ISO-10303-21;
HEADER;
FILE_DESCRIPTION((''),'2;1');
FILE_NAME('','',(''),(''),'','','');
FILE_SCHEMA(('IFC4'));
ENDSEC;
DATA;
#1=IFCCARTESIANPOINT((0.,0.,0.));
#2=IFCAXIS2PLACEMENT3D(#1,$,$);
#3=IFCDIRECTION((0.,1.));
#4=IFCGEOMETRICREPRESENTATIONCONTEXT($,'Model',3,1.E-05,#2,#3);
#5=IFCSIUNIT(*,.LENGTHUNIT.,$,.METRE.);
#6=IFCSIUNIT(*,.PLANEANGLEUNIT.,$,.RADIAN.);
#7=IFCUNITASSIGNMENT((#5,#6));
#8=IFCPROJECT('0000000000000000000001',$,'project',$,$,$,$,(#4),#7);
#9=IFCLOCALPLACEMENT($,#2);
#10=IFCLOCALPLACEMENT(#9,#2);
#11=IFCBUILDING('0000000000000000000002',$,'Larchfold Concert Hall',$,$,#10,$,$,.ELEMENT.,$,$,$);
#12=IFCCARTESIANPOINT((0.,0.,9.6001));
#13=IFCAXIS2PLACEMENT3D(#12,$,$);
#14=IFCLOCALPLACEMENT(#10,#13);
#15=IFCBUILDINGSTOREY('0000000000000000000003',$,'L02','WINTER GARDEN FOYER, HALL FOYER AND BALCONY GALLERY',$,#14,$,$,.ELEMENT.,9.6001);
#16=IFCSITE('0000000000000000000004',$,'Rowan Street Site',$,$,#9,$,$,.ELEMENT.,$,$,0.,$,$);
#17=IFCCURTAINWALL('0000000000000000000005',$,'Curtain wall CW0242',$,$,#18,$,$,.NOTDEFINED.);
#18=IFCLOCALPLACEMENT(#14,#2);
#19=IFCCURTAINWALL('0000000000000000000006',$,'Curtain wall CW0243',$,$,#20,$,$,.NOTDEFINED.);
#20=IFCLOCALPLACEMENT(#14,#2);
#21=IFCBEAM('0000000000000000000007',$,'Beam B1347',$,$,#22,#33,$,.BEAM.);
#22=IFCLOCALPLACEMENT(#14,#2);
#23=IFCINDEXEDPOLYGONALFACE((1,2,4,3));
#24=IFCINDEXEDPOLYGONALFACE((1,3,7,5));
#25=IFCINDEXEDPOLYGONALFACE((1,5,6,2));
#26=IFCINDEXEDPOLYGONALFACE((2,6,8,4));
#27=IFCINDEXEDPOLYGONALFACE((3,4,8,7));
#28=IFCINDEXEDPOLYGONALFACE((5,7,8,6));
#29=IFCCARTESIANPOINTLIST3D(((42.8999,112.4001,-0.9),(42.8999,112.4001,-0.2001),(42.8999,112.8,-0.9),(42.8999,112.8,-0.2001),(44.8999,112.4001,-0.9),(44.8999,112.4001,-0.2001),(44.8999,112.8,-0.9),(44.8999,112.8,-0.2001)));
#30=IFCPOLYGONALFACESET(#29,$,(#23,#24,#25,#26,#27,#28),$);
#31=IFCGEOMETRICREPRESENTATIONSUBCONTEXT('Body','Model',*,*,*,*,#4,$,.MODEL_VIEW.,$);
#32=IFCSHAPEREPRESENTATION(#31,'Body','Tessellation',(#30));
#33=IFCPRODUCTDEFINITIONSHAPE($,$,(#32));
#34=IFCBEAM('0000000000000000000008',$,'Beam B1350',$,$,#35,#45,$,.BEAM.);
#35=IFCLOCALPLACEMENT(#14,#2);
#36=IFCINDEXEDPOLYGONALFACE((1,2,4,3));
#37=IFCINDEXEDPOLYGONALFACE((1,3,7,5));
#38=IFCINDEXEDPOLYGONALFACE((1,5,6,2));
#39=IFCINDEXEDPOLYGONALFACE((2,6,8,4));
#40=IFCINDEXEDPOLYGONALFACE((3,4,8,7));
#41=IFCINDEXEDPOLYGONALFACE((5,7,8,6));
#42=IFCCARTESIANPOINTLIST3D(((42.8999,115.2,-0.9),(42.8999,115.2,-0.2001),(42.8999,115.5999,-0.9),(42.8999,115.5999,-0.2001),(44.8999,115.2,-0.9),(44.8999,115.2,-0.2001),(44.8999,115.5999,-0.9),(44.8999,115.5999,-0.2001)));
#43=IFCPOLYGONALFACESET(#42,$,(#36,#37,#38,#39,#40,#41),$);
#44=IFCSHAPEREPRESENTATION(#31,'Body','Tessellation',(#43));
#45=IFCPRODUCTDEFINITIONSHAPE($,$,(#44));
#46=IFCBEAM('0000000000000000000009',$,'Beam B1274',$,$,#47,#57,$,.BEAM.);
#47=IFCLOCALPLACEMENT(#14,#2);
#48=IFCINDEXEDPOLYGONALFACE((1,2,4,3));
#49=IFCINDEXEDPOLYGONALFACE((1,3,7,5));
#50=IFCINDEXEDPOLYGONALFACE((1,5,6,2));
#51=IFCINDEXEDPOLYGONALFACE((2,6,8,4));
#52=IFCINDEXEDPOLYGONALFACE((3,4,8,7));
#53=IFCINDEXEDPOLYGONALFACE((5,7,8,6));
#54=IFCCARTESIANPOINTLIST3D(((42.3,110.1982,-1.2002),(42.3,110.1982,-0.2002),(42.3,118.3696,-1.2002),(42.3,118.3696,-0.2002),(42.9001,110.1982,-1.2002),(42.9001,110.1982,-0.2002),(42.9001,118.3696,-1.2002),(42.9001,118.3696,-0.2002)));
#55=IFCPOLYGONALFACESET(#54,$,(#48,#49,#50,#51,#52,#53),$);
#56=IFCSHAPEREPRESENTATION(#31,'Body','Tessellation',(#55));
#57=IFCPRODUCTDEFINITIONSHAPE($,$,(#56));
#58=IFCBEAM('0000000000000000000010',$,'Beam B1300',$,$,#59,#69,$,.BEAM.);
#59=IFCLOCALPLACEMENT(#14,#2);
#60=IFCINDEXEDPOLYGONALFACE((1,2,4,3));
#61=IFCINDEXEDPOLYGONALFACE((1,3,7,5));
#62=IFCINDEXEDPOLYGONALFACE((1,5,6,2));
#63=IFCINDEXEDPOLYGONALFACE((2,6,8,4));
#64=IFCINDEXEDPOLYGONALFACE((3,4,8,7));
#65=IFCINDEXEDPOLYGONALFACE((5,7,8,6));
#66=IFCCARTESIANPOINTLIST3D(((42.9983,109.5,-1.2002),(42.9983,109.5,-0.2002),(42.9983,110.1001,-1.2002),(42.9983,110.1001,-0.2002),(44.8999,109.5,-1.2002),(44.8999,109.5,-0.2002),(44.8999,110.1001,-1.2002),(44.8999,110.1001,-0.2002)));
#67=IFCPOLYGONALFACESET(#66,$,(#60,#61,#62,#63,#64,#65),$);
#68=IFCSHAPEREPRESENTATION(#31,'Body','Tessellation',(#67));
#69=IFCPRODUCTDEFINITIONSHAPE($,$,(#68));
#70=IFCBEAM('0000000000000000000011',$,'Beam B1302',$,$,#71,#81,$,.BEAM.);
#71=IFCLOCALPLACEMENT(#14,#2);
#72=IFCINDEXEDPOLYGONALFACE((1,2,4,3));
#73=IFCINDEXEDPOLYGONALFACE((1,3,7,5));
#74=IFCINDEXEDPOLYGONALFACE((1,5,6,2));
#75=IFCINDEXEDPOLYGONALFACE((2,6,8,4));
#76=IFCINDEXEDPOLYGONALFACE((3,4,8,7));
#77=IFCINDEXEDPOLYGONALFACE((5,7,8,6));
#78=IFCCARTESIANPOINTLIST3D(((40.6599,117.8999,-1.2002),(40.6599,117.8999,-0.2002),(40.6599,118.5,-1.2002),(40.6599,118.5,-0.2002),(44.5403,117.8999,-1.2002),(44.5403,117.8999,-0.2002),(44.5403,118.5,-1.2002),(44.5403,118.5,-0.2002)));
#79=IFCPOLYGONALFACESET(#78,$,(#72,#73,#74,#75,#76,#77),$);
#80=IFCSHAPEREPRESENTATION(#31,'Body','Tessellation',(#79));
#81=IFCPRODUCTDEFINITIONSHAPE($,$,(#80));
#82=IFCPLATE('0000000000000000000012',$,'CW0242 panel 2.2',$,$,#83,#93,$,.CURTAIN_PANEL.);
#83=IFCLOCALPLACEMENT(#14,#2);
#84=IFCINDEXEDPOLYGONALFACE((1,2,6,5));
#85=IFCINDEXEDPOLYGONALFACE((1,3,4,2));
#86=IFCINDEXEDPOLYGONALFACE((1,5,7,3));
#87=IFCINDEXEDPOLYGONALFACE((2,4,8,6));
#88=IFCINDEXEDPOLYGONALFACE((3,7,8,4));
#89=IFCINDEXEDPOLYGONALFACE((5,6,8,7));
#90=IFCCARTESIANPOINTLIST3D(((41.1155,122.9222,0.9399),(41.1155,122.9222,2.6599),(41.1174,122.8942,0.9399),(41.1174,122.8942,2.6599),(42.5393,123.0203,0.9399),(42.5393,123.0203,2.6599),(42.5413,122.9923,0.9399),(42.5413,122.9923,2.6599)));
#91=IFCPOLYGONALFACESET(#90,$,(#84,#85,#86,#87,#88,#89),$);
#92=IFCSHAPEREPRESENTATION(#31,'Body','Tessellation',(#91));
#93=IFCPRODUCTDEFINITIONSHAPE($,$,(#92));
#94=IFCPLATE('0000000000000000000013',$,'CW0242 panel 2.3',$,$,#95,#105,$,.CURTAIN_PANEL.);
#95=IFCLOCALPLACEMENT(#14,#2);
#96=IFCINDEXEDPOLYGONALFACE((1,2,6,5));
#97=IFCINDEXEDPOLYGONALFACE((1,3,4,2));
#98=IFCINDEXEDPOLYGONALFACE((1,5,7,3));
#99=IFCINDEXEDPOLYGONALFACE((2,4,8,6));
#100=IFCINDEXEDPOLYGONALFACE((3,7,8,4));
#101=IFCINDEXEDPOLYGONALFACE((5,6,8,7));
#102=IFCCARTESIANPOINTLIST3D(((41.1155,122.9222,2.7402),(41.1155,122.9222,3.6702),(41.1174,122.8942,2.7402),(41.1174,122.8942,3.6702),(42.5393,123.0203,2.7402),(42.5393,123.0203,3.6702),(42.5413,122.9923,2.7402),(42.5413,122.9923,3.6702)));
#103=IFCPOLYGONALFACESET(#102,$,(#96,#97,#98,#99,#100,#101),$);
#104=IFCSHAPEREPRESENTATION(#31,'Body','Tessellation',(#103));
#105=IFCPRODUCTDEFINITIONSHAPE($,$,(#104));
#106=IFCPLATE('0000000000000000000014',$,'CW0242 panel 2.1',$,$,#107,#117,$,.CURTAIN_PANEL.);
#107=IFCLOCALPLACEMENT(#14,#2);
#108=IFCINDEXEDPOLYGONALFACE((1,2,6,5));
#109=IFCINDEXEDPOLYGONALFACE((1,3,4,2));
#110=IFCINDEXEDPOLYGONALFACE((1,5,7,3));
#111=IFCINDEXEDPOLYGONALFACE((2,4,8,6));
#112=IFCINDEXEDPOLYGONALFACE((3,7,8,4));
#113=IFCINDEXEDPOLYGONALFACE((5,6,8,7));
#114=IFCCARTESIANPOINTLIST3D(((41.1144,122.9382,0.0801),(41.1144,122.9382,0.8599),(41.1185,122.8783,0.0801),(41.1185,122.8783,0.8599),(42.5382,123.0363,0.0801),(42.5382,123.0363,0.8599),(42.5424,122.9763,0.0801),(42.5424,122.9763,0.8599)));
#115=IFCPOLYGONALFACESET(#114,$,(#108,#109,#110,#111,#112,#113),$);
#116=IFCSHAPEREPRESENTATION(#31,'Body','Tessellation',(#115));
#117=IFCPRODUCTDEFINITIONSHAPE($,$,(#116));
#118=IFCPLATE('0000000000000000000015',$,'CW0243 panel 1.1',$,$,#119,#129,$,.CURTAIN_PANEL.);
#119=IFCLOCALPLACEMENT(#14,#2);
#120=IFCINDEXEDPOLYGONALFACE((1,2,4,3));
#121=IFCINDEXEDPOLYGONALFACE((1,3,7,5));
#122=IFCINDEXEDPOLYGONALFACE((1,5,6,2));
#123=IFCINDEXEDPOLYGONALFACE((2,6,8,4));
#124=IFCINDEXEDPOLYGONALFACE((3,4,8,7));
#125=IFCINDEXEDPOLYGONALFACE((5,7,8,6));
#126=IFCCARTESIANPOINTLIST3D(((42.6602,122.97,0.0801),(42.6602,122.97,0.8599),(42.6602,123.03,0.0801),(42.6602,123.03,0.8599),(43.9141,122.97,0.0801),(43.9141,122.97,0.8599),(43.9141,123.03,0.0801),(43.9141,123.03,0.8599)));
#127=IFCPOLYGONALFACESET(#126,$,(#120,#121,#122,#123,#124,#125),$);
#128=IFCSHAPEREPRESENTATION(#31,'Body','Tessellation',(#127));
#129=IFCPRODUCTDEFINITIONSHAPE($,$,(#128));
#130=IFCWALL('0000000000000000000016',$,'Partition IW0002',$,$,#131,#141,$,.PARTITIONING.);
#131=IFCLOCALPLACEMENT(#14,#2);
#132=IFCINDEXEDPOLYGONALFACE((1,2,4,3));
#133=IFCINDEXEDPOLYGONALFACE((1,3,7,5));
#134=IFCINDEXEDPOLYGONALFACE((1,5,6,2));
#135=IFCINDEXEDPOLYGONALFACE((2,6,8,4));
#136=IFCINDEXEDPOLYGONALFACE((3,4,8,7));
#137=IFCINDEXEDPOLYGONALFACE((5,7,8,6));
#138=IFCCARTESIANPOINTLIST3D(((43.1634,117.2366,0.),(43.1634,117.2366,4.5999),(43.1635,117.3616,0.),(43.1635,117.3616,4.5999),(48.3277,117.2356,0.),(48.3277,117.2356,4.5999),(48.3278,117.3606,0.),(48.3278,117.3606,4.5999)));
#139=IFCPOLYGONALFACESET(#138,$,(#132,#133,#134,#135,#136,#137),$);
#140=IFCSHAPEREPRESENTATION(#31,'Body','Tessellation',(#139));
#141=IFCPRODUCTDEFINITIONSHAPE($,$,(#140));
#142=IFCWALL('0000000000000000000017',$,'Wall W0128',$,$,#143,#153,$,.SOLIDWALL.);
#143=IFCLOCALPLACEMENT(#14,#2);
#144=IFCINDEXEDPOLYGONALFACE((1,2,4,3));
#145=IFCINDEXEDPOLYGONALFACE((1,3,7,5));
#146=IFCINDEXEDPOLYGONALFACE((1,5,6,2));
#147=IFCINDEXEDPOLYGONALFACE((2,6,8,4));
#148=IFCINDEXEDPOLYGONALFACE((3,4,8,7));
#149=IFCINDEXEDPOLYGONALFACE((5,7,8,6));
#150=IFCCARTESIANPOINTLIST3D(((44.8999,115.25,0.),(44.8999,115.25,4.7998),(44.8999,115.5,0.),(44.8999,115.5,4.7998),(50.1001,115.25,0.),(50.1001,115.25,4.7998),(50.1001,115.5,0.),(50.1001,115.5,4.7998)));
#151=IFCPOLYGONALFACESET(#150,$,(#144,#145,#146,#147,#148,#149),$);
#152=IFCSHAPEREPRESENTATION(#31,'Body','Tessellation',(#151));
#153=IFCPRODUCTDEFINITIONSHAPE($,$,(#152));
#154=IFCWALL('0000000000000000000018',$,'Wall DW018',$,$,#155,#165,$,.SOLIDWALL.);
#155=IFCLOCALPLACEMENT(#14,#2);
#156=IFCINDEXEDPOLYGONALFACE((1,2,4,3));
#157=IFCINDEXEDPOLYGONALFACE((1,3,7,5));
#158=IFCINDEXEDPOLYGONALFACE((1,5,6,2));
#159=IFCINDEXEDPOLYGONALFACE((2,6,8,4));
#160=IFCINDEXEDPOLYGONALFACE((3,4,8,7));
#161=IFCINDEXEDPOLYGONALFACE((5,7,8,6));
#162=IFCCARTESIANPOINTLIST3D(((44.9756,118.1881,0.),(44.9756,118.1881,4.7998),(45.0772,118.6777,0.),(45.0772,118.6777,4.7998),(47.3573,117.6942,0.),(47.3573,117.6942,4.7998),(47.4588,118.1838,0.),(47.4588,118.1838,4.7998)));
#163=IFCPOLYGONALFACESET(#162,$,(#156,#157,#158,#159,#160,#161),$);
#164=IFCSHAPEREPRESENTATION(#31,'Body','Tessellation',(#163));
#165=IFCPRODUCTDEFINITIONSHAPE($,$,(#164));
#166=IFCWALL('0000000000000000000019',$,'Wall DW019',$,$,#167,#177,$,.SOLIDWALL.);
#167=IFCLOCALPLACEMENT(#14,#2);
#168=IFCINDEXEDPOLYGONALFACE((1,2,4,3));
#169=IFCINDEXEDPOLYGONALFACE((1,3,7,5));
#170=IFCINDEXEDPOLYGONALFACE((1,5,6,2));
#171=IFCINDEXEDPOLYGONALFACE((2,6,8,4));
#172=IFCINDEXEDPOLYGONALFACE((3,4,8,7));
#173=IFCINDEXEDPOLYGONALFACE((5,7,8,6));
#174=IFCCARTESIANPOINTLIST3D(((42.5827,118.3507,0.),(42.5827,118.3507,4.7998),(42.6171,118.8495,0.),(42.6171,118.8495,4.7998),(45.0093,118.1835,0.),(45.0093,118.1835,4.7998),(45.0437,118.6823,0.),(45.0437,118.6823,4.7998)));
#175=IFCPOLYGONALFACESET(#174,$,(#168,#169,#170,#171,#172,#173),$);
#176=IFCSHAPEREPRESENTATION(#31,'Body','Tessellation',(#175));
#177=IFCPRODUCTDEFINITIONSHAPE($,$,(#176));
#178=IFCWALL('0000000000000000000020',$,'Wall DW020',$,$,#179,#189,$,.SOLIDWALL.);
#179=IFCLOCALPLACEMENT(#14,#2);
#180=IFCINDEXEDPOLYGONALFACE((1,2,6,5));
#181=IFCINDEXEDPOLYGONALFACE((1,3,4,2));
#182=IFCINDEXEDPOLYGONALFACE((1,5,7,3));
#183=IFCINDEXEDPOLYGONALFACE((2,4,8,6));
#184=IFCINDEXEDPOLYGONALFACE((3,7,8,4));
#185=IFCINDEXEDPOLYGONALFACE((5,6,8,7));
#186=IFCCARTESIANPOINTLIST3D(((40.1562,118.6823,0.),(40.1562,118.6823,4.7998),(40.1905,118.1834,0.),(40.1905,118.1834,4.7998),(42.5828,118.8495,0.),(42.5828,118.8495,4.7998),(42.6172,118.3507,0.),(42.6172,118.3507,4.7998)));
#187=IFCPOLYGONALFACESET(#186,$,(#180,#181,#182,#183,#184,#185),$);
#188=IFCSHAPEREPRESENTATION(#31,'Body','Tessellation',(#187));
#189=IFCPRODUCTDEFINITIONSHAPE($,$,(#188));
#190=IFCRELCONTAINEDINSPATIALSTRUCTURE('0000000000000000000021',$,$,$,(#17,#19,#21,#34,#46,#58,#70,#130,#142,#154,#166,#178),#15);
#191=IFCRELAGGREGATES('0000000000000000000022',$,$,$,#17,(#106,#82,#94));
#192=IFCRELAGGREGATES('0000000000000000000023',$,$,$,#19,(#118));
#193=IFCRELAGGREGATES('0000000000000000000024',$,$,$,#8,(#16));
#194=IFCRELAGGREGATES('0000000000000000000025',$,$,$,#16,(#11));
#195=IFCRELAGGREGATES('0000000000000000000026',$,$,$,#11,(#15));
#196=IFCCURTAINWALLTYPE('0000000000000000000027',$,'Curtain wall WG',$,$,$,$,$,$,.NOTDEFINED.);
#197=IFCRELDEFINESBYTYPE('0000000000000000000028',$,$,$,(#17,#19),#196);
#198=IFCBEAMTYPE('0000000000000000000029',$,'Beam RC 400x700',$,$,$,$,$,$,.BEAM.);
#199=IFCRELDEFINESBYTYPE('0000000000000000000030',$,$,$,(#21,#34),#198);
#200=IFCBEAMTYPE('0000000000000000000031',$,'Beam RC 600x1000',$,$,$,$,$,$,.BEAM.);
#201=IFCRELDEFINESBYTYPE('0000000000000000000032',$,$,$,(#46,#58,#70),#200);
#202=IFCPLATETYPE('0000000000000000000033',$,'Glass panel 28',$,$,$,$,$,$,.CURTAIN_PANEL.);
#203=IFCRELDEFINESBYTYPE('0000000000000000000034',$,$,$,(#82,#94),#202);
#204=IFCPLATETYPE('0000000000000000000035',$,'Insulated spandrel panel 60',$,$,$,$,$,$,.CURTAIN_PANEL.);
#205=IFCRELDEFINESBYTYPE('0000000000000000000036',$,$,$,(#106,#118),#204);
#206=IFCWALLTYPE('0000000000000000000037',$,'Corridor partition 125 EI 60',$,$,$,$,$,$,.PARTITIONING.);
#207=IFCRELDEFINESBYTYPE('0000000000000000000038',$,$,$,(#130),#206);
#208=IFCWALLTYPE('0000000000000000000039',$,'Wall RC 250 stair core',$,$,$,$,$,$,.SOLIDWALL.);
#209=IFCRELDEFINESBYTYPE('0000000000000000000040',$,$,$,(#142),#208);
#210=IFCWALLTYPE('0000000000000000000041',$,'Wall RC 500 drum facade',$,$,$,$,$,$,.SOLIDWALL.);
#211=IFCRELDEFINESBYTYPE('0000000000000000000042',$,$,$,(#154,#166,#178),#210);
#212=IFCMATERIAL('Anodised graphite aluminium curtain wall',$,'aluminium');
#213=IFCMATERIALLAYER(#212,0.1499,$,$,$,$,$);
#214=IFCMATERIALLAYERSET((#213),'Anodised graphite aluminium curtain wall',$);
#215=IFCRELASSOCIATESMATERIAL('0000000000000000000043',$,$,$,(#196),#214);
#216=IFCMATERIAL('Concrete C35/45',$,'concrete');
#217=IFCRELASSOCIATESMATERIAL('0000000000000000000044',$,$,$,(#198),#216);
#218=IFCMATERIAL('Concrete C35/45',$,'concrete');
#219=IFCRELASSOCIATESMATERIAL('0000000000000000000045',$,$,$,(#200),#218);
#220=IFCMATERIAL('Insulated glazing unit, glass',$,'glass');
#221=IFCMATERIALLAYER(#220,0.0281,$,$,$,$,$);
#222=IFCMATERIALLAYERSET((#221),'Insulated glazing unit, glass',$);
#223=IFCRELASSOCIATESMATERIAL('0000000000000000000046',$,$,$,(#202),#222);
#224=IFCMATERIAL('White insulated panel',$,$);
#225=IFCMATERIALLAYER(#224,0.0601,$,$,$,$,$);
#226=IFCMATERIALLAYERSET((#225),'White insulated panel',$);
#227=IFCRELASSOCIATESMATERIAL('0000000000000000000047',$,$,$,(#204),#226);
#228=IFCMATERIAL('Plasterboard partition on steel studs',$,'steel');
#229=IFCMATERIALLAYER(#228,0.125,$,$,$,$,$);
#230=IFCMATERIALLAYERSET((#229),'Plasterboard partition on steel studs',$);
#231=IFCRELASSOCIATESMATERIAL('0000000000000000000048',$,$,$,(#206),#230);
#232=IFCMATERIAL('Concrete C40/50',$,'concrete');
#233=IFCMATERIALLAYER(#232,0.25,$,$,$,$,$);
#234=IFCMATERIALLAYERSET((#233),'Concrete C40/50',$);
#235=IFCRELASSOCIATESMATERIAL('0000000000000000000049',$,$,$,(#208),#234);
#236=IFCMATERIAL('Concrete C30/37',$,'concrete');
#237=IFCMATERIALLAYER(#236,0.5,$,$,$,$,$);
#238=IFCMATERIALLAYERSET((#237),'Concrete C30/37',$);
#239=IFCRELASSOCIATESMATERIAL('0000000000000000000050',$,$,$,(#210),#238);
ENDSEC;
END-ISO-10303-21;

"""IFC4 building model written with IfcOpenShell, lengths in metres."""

from ifc_helpers import new_model, si_unit, direction, frame, frame_2d, origin, origin_2d, place, context, subcontext, project, spatial, rectangle, extrude, material, layer, layer_set, material_profile, profile_set, type_object, element, aggregate, save


model = new_model("IFC4")

# Units and contexts
model_context = context("Model", 3, precision=1e-05, world=origin(), true_north=direction((0.0, 1.0)))
body_context = subcontext(model_context, "Body", "Model", "MODEL_VIEW")
ifc_project = project(units=[si_unit("LENGTHUNIT", "METRE"), si_unit("PLANEANGLEUNIT", "RADIAN")], contexts=[model_context])

# Site, building, storey
site_placement = place(None, origin())
site = spatial("IfcSite", under=ifc_project, at=site_placement, Name="Rowan Street Site", CompositionType="ELEMENT", RefElevation=0.0)
building_placement = place(site_placement, origin())
building = spatial("IfcBuilding", under=site, at=building_placement, Name="Larchfold Concert Hall", CompositionType="ELEMENT")
storey_placement = place(building_placement, frame((0.0, 0.0, 9.6001)))
storey = spatial("IfcBuildingStorey", under=building, at=storey_placement, Name="L02", Description="WINTER GARDEN FOYER, HALL FOYER AND BALCONY GALLERY", CompositionType="ELEMENT", Elevation=9.6001)

# Curtain walls
ifc_material_1 = material(Name="Anodised graphite aluminium curtain wall", Category="aluminium")
ifc_layer_1 = layer(ifc_material_1, 0.1499)
ifc_layer_set_1 = layer_set([ifc_layer_1], Name="Anodised graphite aluminium curtain wall")
curtain_wall_type = type_object("IfcCurtainWallType", Name="Curtain wall WG", PredefinedType="NOTDEFINED", material=ifc_layer_set_1)
curtain_wall_1_placement = place(storey_placement, origin())
curtain_wall_1 = element("IfcCurtainWall", 1, at=curtain_wall_1_placement, inside=storey, type_object=curtain_wall_type, Name="Curtain wall CW0242", PredefinedType="NOTDEFINED")
curtain_wall_2_placement = place(storey_placement, origin())
curtain_wall_2 = element("IfcCurtainWall", 2, at=curtain_wall_2_placement, inside=storey, type_object=curtain_wall_type, Name="Curtain wall CW0243", PredefinedType="NOTDEFINED")

# Beams
ifc_material_2 = material(Name="Concrete C35/45", Category="concrete")
ifc_material_profile_1 = material_profile(ifc_material_2, rectangle(XDim=0.3999, YDim=0.7, at=origin_2d()))
ifc_profile_set_1 = profile_set([ifc_material_profile_1], Name="Concrete C35/45")
beam_type_1 = type_object("IfcBeamType", Name="Beam RC 400x700", PredefinedType="BEAM", material=ifc_profile_set_1)
for number, where, z_axis, x_axis, name in (
    (3, (42.8999, 112.6001, -0.55), (1.0, 0.0, 0.0), (0.0, 1.0, 0.0), "Beam B1347"),
    (4, (42.8999, 115.3999, -0.55), (1.0, 0.0, 0.0), (0.0, 1.0, 0.0), "Beam B1350"),
):
    element("IfcBeam", number, at=place(storey_placement, frame(where, z_axis=z_axis, x_axis=x_axis)), inside=storey, type_object=beam_type_1, Name=name, PredefinedType="BEAM", context=body_context, shape_type="SweptSolid", body=[
        extrude(rectangle(XDim=0.3999, YDim=0.7, at=origin_2d()), origin(), (0.0, 0.0, 1.0), 2.0),
    ])
ifc_material_3 = material(Name="Concrete C35/45", Category="concrete")
ifc_material_profile_2 = material_profile(ifc_material_3, rectangle(XDim=0.6001, YDim=1.0, at=origin_2d()))
ifc_profile_set_2 = profile_set([ifc_material_profile_2], Name="Concrete C35/45")
beam_type_2 = type_object("IfcBeamType", Name="Beam RC 600x1000", PredefinedType="BEAM", material=ifc_profile_set_2)
beam_1_placement = place(storey_placement, frame((42.6001, 110.1982, -0.7002), z_axis=(0.0, 1.0, 0.0), x_axis=(-1.0, 0.0, 0.0)))
element("IfcBeam", 5, at=beam_1_placement, inside=storey, type_object=beam_type_2, Name="Beam B1274", PredefinedType="BEAM", context=body_context, shape_type="SweptSolid", body=[
    extrude(rectangle(XDim=0.6001, YDim=1.0, at=origin_2d()), origin(), (0.0, 0.0, 1.0), 8.1714),
])
beam_2_placement = place(storey_placement, frame((42.9983, 109.8, -0.7002), z_axis=(1.0, 0.0, 0.0), x_axis=(0.0, 1.0, 0.0)))
element("IfcBeam", 6, at=beam_2_placement, inside=storey, type_object=beam_type_2, Name="Beam B1300", PredefinedType="BEAM", context=body_context, shape_type="SweptSolid", body=[
    extrude(rectangle(XDim=0.6001, YDim=1.0, at=origin_2d()), origin(), (0.0, 0.0, 1.0), 1.9016),
])
beam_3_placement = place(storey_placement, frame((40.6599, 118.2, -0.7002), z_axis=(1.0, 0.0, 0.0), x_axis=(0.0, 1.0, 0.0)))
element("IfcBeam", 7, at=beam_3_placement, inside=storey, type_object=beam_type_2, Name="Beam B1302", PredefinedType="BEAM", context=body_context, shape_type="SweptSolid", body=[
    extrude(rectangle(XDim=0.6001, YDim=1.0, at=origin_2d()), origin(), (0.0, 0.0, 1.0), 3.8804),
])

# Plates
ifc_material_4 = material(Name="Insulated glazing unit, glass", Category="glass")
ifc_layer_2 = layer(ifc_material_4, 0.0281)
ifc_layer_set_2 = layer_set([ifc_layer_2], Name="Insulated glazing unit, glass")
plate_type_1 = type_object("IfcPlateType", Name="Glass panel 28", PredefinedType="CURTAIN_PANEL", material=ifc_layer_set_2)
plate_1_placement = place(storey_placement, frame((41.8284, 122.9573, 0.9399), z_axis=(0.0, 0.0, 1.0), x_axis=(0.997637, 0.068708, 0.0)))
plate_1 = element("IfcPlate", 8, at=plate_1_placement, type_object=plate_type_1, Name="CW0242 panel 2.2", PredefinedType="CURTAIN_PANEL", context=body_context, shape_type="SweptSolid", body=[
    extrude(rectangle(XDim=1.4272, YDim=0.0281, at=origin_2d()), origin(), (0.0, 0.0, 1.0), 1.72),
])
plate_2_placement = place(storey_placement, frame((41.8284, 122.9573, 2.7402), z_axis=(0.0, 0.0, 1.0), x_axis=(0.997637, 0.068708, 0.0)))
plate_2 = element("IfcPlate", 9, at=plate_2_placement, type_object=plate_type_1, Name="CW0242 panel 2.3", PredefinedType="CURTAIN_PANEL", context=body_context, shape_type="SweptSolid", body=[
    extrude(rectangle(XDim=1.4272, YDim=0.0281, at=origin_2d()), origin(), (0.0, 0.0, 1.0), 0.9299),
])
ifc_material_5 = material(Name="White insulated panel")
ifc_layer_3 = layer(ifc_material_5, 0.0601)
ifc_layer_set_3 = layer_set([ifc_layer_3], Name="White insulated panel")
plate_type_2 = type_object("IfcPlateType", Name="Insulated spandrel panel 60", PredefinedType="CURTAIN_PANEL", material=ifc_layer_set_3)
plate_3_placement = place(storey_placement, frame((41.8284, 122.9573, 0.0801), z_axis=(0.0, 0.0, 1.0), x_axis=(0.997637, 0.068708, 0.0)))
plate_3 = element("IfcPlate", 10, at=plate_3_placement, type_object=plate_type_2, Name="CW0242 panel 2.1", PredefinedType="CURTAIN_PANEL", context=body_context, shape_type="SweptSolid", body=[
    extrude(rectangle(XDim=1.4272, YDim=0.0601, at=origin_2d()), origin(), (0.0, 0.0, 1.0), 0.7798),
])
aggregate(curtain_wall_1, [plate_3, plate_1, plate_2])
plate_4_placement = place(storey_placement, frame((43.2871, 123.0, 0.0801), z_axis=(0.0, 0.0, 1.0), x_axis=(1.0, 0.0, 0.0)))
plate_4 = element("IfcPlate", 11, at=plate_4_placement, type_object=plate_type_2, Name="CW0243 panel 1.1", PredefinedType="CURTAIN_PANEL", context=body_context, shape_type="SweptSolid", body=[
    extrude(rectangle(XDim=1.2539, YDim=0.0601, at=origin_2d()), origin(), (0.0, 0.0, 1.0), 0.7798),
])
aggregate(curtain_wall_2, [plate_4])

# Walls
ifc_material_6 = material(Name="Plasterboard partition on steel studs", Category="steel")
ifc_layer_4 = layer(ifc_material_6, 0.125)
ifc_layer_set_4 = layer_set([ifc_layer_4], Name="Plasterboard partition on steel studs")
wall_type_1 = type_object("IfcWallType", Name="Corridor partition 125 EI 60", PredefinedType="PARTITIONING", material=ifc_layer_set_4)
wall_1_placement = place(storey_placement, frame((43.1636, 117.2991, 0.0), z_axis=(0.0, 0.0, 1.0), x_axis=(1.0, -0.000189, 0.0)))
element("IfcWall", 12, at=wall_1_placement, inside=storey, type_object=wall_type_1, Name="Partition IW0002", PredefinedType="PARTITIONING", context=body_context, shape_type="SweptSolid", body=[
    extrude(rectangle(XDim=5.1643, YDim=0.125, at=frame_2d((2.582, 0.0))), origin(), (0.0, 0.0, 1.0), 4.5999),
])
ifc_material_7 = material(Name="Concrete C40/50", Category="concrete")
ifc_layer_5 = layer(ifc_material_7, 0.25)
ifc_layer_set_5 = layer_set([ifc_layer_5], Name="Concrete C40/50")
wall_type_2 = type_object("IfcWallType", Name="Wall RC 250 stair core", PredefinedType="SOLIDWALL", material=ifc_layer_set_5)
wall_2_placement = place(storey_placement, frame((44.8999, 115.375, 0.0), z_axis=(0.0, 0.0, 1.0), x_axis=(1.0, 0.0, 0.0)))
element("IfcWall", 13, at=wall_2_placement, inside=storey, type_object=wall_type_2, Name="Wall W0128", PredefinedType="SOLIDWALL", context=body_context, shape_type="SweptSolid", body=[
    extrude(rectangle(XDim=5.2002, YDim=0.25, at=frame_2d((2.6001, 0.0))), origin(), (0.0, 0.0, 1.0), 4.7998),
])
ifc_material_8 = material(Name="Concrete C30/37", Category="concrete")
ifc_layer_6 = layer(ifc_material_8, 0.5)
ifc_layer_set_6 = layer_set([ifc_layer_6], Name="Concrete C30/37")
wall_type_3 = type_object("IfcWallType", Name="Wall RC 500 drum facade", PredefinedType="SOLIDWALL", material=ifc_layer_set_6)
for number, where, z_axis, x_axis, name in (
    (14, (47.4082, 117.939, 0.0), (0.0, 0.0, 1.0), (-0.979166, 0.20306, 0.0), "Wall DW018"),
    (15, (45.0266, 118.4329, 0.0), (0.0, 0.0, 1.0), (-0.997633, 0.068757, 0.0), "Wall DW019"),
    (16, (42.6001, 118.6001, 0.0), (0.0, 0.0, 1.0), (-0.997633, -0.068757, 0.0), "Wall DW020"),
):
    element("IfcWall", number, at=place(storey_placement, frame(where, z_axis=z_axis, x_axis=x_axis)), inside=storey, type_object=wall_type_3, Name=name, PredefinedType="SOLIDWALL", context=body_context, shape_type="SweptSolid", body=[
        extrude(rectangle(XDim=2.4324, YDim=0.5, at=frame_2d((1.2163, 0.0))), origin(), (0.0, 0.0, 1.0), 4.7998),
    ])

save(model, "model.ifc")
